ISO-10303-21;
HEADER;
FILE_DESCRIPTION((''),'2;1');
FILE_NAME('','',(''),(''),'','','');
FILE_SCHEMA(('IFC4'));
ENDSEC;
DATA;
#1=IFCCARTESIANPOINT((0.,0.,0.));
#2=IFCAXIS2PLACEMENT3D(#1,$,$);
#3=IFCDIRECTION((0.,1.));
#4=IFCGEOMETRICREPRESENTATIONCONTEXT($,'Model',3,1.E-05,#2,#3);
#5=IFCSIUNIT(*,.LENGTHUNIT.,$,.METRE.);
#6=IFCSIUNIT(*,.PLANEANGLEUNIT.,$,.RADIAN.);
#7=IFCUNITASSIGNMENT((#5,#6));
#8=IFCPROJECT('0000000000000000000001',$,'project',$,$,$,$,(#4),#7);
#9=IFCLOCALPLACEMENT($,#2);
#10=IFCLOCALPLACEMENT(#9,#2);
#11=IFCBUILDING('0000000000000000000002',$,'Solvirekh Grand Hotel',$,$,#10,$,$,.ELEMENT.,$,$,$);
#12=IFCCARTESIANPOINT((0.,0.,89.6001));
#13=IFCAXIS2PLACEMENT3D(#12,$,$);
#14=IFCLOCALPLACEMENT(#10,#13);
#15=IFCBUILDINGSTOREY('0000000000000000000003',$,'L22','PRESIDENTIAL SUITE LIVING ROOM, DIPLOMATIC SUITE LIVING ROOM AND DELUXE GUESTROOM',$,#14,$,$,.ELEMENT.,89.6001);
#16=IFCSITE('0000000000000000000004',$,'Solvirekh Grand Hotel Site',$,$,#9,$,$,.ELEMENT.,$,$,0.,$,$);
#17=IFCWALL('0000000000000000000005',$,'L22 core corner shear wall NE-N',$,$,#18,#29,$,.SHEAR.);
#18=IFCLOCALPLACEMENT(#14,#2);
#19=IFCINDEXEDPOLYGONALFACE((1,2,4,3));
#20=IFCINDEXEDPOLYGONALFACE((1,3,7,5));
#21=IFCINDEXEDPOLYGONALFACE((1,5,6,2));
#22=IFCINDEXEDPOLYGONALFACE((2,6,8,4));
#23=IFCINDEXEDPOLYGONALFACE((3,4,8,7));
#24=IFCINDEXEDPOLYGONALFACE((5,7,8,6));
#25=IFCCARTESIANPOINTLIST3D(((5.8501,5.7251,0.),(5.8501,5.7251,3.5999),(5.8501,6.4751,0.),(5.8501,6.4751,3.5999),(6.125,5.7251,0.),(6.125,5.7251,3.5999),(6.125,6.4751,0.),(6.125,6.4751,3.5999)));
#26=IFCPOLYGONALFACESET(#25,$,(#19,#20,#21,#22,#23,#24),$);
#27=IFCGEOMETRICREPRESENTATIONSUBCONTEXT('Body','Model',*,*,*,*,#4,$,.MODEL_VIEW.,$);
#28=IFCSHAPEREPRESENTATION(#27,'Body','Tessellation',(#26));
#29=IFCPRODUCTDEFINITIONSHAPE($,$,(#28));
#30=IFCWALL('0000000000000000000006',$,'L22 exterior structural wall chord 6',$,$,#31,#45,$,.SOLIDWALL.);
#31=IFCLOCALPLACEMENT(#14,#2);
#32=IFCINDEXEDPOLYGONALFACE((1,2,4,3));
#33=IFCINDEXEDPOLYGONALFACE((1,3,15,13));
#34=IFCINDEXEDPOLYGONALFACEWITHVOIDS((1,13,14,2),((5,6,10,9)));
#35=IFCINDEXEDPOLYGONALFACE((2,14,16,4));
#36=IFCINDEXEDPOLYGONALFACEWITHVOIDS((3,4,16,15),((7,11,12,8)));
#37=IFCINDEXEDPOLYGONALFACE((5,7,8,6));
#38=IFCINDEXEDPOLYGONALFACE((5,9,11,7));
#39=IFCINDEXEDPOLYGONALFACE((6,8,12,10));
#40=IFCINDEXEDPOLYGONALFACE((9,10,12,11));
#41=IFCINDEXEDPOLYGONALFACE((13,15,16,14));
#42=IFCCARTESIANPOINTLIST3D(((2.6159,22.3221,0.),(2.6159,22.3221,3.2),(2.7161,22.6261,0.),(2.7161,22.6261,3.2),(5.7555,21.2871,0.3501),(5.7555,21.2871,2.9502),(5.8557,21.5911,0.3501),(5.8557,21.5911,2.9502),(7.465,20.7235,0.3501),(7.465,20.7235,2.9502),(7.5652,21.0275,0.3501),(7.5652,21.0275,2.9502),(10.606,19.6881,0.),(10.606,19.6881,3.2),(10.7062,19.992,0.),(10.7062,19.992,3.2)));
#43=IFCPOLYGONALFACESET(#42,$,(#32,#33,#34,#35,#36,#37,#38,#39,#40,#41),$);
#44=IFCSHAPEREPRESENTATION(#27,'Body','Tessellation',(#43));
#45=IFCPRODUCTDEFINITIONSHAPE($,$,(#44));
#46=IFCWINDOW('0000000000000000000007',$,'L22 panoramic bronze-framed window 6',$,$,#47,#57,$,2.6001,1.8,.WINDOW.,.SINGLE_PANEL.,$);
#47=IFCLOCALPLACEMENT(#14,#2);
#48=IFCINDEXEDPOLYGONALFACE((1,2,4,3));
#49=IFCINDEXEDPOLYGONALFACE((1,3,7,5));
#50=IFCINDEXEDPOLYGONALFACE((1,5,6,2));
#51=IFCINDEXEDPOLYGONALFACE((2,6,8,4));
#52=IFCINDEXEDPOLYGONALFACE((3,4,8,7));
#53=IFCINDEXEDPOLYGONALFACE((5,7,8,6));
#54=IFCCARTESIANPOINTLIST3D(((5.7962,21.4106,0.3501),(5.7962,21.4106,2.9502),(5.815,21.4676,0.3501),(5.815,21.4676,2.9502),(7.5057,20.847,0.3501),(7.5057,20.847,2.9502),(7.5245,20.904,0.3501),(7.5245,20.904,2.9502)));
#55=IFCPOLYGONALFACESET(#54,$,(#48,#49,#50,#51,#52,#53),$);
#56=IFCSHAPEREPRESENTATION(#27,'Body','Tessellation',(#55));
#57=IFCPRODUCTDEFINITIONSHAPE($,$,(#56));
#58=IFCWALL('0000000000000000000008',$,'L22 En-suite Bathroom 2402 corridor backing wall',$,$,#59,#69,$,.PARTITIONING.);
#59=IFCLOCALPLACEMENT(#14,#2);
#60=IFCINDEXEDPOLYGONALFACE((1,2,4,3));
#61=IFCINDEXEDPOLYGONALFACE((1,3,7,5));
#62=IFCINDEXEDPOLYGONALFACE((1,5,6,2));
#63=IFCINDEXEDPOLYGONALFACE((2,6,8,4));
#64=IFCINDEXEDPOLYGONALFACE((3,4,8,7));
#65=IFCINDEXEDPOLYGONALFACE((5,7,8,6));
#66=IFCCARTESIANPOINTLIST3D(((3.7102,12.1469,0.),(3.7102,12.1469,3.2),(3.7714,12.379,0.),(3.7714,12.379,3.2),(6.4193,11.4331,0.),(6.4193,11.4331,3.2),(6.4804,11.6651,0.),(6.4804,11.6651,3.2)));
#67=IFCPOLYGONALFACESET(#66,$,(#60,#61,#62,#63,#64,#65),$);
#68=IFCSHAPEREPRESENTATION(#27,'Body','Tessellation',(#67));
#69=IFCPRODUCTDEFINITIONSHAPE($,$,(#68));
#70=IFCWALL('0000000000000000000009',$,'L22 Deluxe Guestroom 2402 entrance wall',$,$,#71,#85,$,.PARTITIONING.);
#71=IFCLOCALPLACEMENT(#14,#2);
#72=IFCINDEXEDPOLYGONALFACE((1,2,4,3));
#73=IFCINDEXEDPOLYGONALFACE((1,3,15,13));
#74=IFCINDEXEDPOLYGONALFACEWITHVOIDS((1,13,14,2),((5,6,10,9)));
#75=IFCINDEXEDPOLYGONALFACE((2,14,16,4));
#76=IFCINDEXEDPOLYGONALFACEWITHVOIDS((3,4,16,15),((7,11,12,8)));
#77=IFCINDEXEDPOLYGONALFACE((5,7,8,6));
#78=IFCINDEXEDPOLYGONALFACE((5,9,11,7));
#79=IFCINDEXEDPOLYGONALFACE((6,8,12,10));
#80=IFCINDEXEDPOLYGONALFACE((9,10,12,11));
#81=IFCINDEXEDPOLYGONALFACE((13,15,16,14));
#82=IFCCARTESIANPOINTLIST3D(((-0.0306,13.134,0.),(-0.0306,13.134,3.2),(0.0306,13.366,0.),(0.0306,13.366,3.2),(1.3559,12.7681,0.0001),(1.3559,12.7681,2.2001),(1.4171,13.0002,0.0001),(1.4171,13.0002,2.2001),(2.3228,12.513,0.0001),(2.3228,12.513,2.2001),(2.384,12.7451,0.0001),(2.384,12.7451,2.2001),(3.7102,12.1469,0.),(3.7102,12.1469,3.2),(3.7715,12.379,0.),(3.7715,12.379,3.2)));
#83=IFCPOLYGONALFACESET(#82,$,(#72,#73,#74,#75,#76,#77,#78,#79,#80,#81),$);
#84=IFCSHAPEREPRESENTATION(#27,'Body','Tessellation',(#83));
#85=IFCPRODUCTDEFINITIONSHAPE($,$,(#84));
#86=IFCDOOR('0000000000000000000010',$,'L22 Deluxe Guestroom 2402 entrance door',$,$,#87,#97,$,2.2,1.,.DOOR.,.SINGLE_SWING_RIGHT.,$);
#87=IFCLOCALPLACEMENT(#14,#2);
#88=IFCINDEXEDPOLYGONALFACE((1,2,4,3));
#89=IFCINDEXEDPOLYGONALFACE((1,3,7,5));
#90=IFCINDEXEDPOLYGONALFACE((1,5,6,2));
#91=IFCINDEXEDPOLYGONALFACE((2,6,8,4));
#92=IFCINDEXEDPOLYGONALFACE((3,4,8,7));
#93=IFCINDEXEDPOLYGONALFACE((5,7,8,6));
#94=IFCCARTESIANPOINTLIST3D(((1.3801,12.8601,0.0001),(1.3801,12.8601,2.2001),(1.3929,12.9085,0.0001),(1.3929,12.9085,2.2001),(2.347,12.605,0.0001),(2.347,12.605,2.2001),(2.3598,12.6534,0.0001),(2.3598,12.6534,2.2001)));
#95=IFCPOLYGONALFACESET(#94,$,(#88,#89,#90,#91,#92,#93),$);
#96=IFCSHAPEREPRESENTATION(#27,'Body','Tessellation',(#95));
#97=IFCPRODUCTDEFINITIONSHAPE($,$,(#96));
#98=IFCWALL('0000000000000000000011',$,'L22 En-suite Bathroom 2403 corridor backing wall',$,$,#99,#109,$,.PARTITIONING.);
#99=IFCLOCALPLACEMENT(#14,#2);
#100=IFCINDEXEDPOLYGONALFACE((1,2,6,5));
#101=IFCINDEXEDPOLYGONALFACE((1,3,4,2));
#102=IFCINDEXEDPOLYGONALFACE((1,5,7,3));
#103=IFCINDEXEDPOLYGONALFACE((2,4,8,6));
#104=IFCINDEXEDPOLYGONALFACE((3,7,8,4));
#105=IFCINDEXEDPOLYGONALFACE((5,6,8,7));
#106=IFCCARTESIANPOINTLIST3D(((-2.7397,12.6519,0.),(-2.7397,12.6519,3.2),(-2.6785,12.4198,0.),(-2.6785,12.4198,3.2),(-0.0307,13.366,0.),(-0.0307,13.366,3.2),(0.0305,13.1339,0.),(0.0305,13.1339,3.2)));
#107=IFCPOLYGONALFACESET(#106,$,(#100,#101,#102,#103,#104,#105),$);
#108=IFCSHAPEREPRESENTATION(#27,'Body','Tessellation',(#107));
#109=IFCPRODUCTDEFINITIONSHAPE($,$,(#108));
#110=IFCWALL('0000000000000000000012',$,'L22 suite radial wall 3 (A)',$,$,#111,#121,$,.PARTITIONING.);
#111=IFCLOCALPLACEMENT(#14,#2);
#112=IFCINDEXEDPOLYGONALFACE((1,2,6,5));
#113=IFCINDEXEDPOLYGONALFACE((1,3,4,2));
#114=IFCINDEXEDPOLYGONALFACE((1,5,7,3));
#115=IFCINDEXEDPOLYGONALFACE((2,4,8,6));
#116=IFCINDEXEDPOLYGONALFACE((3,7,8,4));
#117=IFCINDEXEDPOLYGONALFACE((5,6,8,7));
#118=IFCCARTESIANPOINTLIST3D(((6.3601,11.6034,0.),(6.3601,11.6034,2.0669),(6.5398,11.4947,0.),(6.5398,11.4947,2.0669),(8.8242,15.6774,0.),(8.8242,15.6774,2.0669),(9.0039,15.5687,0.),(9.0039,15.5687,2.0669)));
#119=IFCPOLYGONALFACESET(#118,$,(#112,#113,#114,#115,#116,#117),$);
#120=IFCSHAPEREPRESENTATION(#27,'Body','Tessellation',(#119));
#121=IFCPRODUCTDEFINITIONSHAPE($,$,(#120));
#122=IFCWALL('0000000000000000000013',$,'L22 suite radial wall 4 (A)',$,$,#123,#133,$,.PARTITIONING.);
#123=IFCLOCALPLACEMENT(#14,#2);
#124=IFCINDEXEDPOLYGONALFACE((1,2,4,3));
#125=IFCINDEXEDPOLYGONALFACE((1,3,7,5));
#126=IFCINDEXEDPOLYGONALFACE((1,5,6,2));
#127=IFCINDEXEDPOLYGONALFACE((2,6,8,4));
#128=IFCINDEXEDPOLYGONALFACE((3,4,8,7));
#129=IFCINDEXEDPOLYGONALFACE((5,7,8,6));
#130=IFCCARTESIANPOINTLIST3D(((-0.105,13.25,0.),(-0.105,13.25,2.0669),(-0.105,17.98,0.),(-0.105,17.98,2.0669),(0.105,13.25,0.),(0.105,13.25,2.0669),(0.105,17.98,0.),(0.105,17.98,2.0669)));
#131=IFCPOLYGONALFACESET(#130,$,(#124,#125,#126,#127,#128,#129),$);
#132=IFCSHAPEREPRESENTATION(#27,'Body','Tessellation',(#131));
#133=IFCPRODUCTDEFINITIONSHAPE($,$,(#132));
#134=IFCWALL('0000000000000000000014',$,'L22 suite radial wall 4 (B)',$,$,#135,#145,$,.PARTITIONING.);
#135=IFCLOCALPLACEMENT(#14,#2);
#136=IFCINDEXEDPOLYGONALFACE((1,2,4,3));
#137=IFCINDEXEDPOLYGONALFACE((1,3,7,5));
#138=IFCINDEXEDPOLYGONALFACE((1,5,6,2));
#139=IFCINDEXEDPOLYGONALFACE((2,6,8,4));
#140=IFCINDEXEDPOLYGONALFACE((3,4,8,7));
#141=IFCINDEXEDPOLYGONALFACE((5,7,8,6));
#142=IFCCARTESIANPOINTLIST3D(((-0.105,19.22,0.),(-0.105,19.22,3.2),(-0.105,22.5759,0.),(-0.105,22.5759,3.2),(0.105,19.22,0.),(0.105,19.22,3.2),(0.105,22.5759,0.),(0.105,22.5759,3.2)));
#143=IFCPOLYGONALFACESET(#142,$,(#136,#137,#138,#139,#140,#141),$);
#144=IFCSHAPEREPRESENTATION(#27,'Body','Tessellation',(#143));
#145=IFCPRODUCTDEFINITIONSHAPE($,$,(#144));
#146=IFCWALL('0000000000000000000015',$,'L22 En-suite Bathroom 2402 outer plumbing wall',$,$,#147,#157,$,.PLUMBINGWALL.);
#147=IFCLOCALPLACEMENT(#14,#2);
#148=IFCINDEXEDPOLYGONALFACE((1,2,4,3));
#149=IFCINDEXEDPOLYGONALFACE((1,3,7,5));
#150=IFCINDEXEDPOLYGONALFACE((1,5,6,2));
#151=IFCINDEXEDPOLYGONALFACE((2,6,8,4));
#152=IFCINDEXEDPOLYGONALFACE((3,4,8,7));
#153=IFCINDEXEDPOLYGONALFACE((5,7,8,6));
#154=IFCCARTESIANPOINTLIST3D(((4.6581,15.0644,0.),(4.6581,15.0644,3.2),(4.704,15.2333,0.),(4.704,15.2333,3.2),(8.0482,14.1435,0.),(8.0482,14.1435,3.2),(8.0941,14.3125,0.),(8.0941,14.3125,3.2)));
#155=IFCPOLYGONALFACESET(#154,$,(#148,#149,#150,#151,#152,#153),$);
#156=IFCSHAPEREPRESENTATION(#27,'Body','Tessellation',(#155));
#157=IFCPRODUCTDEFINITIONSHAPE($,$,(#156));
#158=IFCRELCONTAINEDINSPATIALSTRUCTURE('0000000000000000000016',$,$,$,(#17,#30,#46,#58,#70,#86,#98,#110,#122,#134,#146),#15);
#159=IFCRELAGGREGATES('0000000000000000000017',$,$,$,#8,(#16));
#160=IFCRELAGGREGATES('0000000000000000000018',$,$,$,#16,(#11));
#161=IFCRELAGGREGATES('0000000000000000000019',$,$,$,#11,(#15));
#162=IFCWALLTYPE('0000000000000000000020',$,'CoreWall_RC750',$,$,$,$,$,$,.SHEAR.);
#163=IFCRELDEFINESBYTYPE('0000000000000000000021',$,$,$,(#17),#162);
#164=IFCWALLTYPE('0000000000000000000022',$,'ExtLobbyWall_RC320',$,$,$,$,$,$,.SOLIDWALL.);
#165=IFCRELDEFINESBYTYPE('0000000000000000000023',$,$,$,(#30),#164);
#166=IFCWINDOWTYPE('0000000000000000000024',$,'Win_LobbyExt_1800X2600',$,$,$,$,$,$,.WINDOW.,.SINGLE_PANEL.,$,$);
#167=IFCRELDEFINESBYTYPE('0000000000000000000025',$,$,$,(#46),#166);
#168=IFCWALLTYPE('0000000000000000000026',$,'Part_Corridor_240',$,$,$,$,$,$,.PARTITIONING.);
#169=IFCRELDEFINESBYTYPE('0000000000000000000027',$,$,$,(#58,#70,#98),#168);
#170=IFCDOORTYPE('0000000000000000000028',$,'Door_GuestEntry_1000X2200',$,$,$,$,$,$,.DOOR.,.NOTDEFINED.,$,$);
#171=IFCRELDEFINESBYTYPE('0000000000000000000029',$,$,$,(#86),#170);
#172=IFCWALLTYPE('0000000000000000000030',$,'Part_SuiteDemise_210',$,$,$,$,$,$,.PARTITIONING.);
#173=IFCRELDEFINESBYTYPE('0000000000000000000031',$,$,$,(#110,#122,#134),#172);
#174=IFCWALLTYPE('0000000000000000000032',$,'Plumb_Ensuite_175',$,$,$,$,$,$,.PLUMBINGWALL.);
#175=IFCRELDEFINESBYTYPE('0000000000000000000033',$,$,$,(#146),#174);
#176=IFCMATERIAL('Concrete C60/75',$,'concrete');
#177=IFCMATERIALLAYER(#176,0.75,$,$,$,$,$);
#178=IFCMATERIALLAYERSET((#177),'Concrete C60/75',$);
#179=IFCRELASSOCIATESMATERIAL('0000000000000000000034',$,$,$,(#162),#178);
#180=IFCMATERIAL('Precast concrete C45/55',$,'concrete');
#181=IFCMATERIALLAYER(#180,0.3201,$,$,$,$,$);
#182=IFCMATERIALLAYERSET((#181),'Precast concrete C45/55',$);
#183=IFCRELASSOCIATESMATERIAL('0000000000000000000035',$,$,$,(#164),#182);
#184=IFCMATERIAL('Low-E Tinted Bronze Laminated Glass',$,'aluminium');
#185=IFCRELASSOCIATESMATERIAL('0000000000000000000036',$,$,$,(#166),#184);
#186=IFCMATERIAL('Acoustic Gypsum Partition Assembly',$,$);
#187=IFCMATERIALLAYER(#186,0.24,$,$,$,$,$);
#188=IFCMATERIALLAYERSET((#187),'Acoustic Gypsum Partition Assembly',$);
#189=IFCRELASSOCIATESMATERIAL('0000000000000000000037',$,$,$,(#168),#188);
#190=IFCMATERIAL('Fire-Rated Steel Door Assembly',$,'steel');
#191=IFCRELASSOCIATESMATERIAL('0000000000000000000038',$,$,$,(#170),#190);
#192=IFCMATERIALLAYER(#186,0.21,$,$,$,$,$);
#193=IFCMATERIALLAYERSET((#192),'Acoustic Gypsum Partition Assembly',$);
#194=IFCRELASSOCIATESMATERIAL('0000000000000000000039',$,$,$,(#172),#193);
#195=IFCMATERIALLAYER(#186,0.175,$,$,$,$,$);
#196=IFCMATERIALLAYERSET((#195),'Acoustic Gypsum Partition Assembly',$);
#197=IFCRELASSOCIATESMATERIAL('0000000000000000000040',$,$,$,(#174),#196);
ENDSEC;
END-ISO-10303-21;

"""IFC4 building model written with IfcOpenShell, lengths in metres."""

from ifc_helpers import new_model, si_unit, direction, frame, frame_2d, origin, place, context, subcontext, project, spatial, rectangle, extrude, material, layer, layer_set, type_object, element, fill, save


model = new_model("IFC4")

# Units and contexts
model_context = context("Model", 3, precision=1e-05, world=origin(), true_north=direction((0.0, 1.0)))
body_context = subcontext(model_context, "Body", "Model", "MODEL_VIEW")
ifc_project = project(units=[si_unit("LENGTHUNIT", "METRE"), si_unit("PLANEANGLEUNIT", "RADIAN")], contexts=[model_context])

# Site, building, storey
site_placement = place(None, origin())
site = spatial("IfcSite", under=ifc_project, at=site_placement, Name="Solvirekh Grand Hotel Site", CompositionType="ELEMENT", RefElevation=0.0)
building_placement = place(site_placement, origin())
building = spatial("IfcBuilding", under=site, at=building_placement, Name="Solvirekh Grand Hotel", CompositionType="ELEMENT")
storey_placement = place(building_placement, frame((0.0, 0.0, 89.6001)))
storey = spatial("IfcBuildingStorey", under=building, at=storey_placement, Name="L22", Description="PRESIDENTIAL SUITE LIVING ROOM, DIPLOMATIC SUITE LIVING ROOM AND DELUXE GUESTROOM", CompositionType="ELEMENT", Elevation=89.6001)

# Shared definitions
ifc_material_1 = material(Name="Concrete C60/75", Category="concrete")

# Wall
ifc_layer_1 = layer(ifc_material_1, 0.75)
ifc_layer_set_1 = layer_set([ifc_layer_1], Name="Concrete C60/75")
wall_type_1 = type_object("IfcWallType", Name="CoreWall_RC750", PredefinedType="SHEAR", material=ifc_layer_set_1)
wall_1_placement = place(storey_placement, frame((5.8501, 6.1001, 0.0), z_axis=(0.0, 0.0, 1.0), x_axis=(1.0, 0.0, 0.0)))
element("IfcWall", 1, at=wall_1_placement, inside=storey, type_object=wall_type_1, Name="L22 core corner shear wall NE-N", PredefinedType="SHEAR", context=body_context, shape_type="SweptSolid", body=[
    extrude(rectangle(XDim=0.2749, YDim=0.75, at=frame_2d((0.1375, 0.0))), origin(), (0.0, 0.0, 1.0), 3.5999),
])

# Wall, opening, window
ifc_material_2 = material(Name="Precast concrete C45/55", Category="concrete")
ifc_layer_2 = layer(ifc_material_2, 0.3201)
ifc_layer_set_2 = layer_set([ifc_layer_2], Name="Precast concrete C45/55")
wall_type_2 = type_object("IfcWallType", Name="ExtLobbyWall_RC320", PredefinedType="SOLIDWALL", material=ifc_layer_set_2)
wall_2_placement = place(storey_placement, frame((2.666, 22.4741, 0.0), z_axis=(0.0, 0.0, 1.0), x_axis=(0.949723, -0.313092, 0.0)))
wall_2 = element("IfcWall", 2, at=wall_2_placement, inside=storey, type_object=wall_type_2, Name="L22 exterior structural wall chord 6", PredefinedType="SOLIDWALL", context=body_context, shape_type="SweptSolid", body=[
    extrude(rectangle(XDim=8.4131, YDim=0.3201, at=frame_2d((4.2065, 0.0))), origin(), (0.0, 0.0, 1.0), 3.2),
])
opening_1_placement = place(wall_2_placement, frame((3.3059, 0.0, 0.3501)))
opening_1 = element("IfcOpeningElement", 3, at=opening_1_placement, cuts=wall_2, PredefinedType="OPENING", context=body_context, shape_type="SweptSolid", body=[
    extrude(rectangle(XDim=1.8, YDim=2.6001, at=frame_2d((0.8999, 1.3))), frame((0.0, 0.1699, 0.0), z_axis=(0.0, -1.0, 0.0), x_axis=(1.0, 0.0, 0.0)), (0.0, 0.0, 1.0), 0.3401),
])
ifc_material_3 = material(Name="Low-E Tinted Bronze Laminated Glass", Category="aluminium")
window_type = type_object("IfcWindowType", Name="Win_LobbyExt_1800X2600", PartitioningType="SINGLE_PANEL", PredefinedType="WINDOW", material=ifc_material_3)
window_placement = place(opening_1_placement, origin())
window = element("IfcWindow", 4, at=window_placement, inside=storey, type_object=window_type, Name="L22 panoramic bronze-framed window 6", OverallHeight=2.6001, OverallWidth=1.8, PartitioningType="SINGLE_PANEL", PredefinedType="WINDOW", context=body_context, shape_type="SweptSolid", body=[
    extrude(rectangle(XDim=1.8, YDim=2.6001, at=frame_2d((0.8999, 1.3))), frame((0.0, 0.03, 0.0), z_axis=(0.0, -1.0, 0.0), x_axis=(1.0, 0.0, 0.0)), (0.0, 0.0, 1.0), 0.0601),
])
fill(opening_1, window)

# Wall
ifc_material_4 = material(Name="Acoustic Gypsum Partition Assembly")
ifc_layer_3 = layer(ifc_material_4, 0.24)
ifc_layer_set_3 = layer_set([ifc_layer_3], Name="Acoustic Gypsum Partition Assembly")
wall_type_3 = type_object("IfcWallType", Name="Part_Corridor_240", PredefinedType="PARTITIONING", material=ifc_layer_set_3)
wall_3_placement = place(storey_placement, frame((6.45, 11.5491, 0.0), z_axis=(0.0, 0.0, 1.0), x_axis=(-0.966989, 0.254819, 0.0)))
element("IfcWall", 5, at=wall_3_placement, inside=storey, type_object=wall_type_3, Name="L22 En-suite Bathroom 2402 corridor backing wall", PredefinedType="PARTITIONING", context=body_context, shape_type="SweptSolid", body=[
    extrude(rectangle(XDim=2.8015, YDim=0.24, at=frame_2d((1.4009, 0.0))), origin(), (0.0, 0.0, 1.0), 3.2),
])

# Wall, opening, door
wall_4_placement = place(storey_placement, frame((3.741, 12.2629, 0.0), z_axis=(0.0, 0.0, 1.0), x_axis=(-0.966909, 0.255121, 0.0)))
wall_4 = element("IfcWall", 6, at=wall_4_placement, inside=storey, type_object=wall_type_3, Name="L22 Deluxe Guestroom 2402 entrance wall", PredefinedType="PARTITIONING", context=body_context, shape_type="SweptSolid", body=[
    extrude(rectangle(XDim=3.8689, YDim=0.24, at=frame_2d((1.9346, 0.0))), origin(), (0.0, 0.0, 1.0), 3.2),
])
opening_2_placement = place(wall_4_placement, frame((1.4351, 0.0, 0.0)))
opening_2 = element("IfcOpeningElement", 7, at=opening_2_placement, cuts=wall_4, PredefinedType="OPENING", context=body_context, shape_type="SweptSolid", body=[
    extrude(rectangle(XDim=1.0, YDim=2.2, at=frame_2d((0.5, 1.1001))), frame((0.0, 0.1299, 0.0), z_axis=(0.0, -1.0, 0.0), x_axis=(1.0, 0.0, 0.0)), (0.0, 0.0, 1.0), 0.26),
])
ifc_material_5 = material(Name="Fire-Rated Steel Door Assembly", Category="steel")
door_type_1 = type_object("IfcDoorType", Name="Door_GuestEntry_1000X2200", OperationType="NOTDEFINED", PredefinedType="DOOR", material=ifc_material_5)
door_1_placement = place(opening_2_placement, origin())
door_1 = element("IfcDoor", 8, at=door_1_placement, inside=storey, type_object=door_type_1, Name="L22 Deluxe Guestroom 2402 entrance door", OperationType="SINGLE_SWING_RIGHT", OverallHeight=2.2, OverallWidth=1.0, PredefinedType="DOOR", context=body_context, shape_type="SweptSolid", body=[
    extrude(rectangle(XDim=1.0, YDim=2.2, at=frame_2d((0.5, 1.1001))), frame((0.0, 0.0249, 0.0), z_axis=(0.0, -1.0, 0.0), x_axis=(1.0, 0.0, 0.0)), (0.0, 0.0, 1.0), 0.05),
])
fill(opening_2, door_1)

# Walls
wall_5_placement = place(storey_placement, frame((0.0, 13.25, 0.0), z_axis=(0.0, 0.0, 1.0), x_axis=(-0.966967, -0.254901, 0.0)))
element("IfcWall", 9, at=wall_5_placement, inside=storey, type_object=wall_type_3, Name="L22 En-suite Bathroom 2403 corridor backing wall", PredefinedType="PARTITIONING", context=body_context, shape_type="SweptSolid", body=[
    extrude(rectangle(XDim=2.8015, YDim=0.24, at=frame_2d((1.4009, 0.0))), origin(), (0.0, 0.0, 1.0), 3.2),
])
ifc_layer_4 = layer(ifc_material_4, 0.21)
ifc_layer_set_4 = layer_set([ifc_layer_4], Name="Acoustic Gypsum Partition Assembly")
wall_type_4 = type_object("IfcWallType", Name="Part_SuiteDemise_210", PredefinedType="PARTITIONING", material=ifc_layer_set_4)
wall_6_placement = place(storey_placement, frame((6.45, 11.5491, 0.0), z_axis=(0.0, 0.0, 1.0), x_axis=(0.517539, 0.85566, 0.0)))
element("IfcWall", 10, at=wall_6_placement, inside=storey, type_object=wall_type_4, Name="L22 suite radial wall 3 (A)", PredefinedType="PARTITIONING", context=body_context, shape_type="SweptSolid", body=[
    extrude(rectangle(XDim=4.7612, YDim=0.21, at=frame_2d((2.3806, 0.0))), origin(), (0.0, 0.0, 1.0), 2.0669),
])
wall_7_placement = place(storey_placement, frame((0.0, 13.25, 0.0), z_axis=(0.0, 0.0, 1.0), x_axis=(0.0, 1.0, 0.0)))
element("IfcWall", 11, at=wall_7_placement, inside=storey, type_object=wall_type_4, Name="L22 suite radial wall 4 (A)", PredefinedType="PARTITIONING", context=body_context, shape_type="SweptSolid", body=[
    extrude(rectangle(XDim=4.73, YDim=0.21, at=frame_2d((2.365, 0.0))), origin(), (0.0, 0.0, 1.0), 2.0669),
])
wall_8_placement = place(storey_placement, frame((0.0, 19.22, 0.0), z_axis=(0.0, 0.0, 1.0), x_axis=(0.0, 1.0, 0.0)))
element("IfcWall", 12, at=wall_8_placement, inside=storey, type_object=wall_type_4, Name="L22 suite radial wall 4 (B)", PredefinedType="PARTITIONING", context=body_context, shape_type="SweptSolid", body=[
    extrude(rectangle(XDim=3.356, YDim=0.21, at=frame_2d((1.678, 0.0))), origin(), (0.0, 0.0, 1.0), 3.2),
])
ifc_layer_5 = layer(ifc_material_4, 0.175)
ifc_layer_set_5 = layer_set([ifc_layer_5], Name="Acoustic Gypsum Partition Assembly")
wall_type_5 = type_object("IfcWallType", Name="Plumb_Ensuite_175", PredefinedType="PLUMBINGWALL", material=ifc_layer_set_5)
wall_9_placement = place(storey_placement, frame((8.071, 14.228, 0.0), z_axis=(0.0, 0.0, 1.0), x_axis=(-0.96503, 0.262141, 0.0)))
element("IfcWall", 13, at=wall_9_placement, inside=storey, type_object=wall_type_5, Name="L22 En-suite Bathroom 2402 outer plumbing wall", PredefinedType="PLUMBINGWALL", context=body_context, shape_type="SweptSolid", body=[
    extrude(rectangle(XDim=3.5129, YDim=0.175, at=frame_2d((1.7563, 0.0))), origin(), (0.0, 0.0, 1.0), 3.2),
])

save(model, "model.ifc")
